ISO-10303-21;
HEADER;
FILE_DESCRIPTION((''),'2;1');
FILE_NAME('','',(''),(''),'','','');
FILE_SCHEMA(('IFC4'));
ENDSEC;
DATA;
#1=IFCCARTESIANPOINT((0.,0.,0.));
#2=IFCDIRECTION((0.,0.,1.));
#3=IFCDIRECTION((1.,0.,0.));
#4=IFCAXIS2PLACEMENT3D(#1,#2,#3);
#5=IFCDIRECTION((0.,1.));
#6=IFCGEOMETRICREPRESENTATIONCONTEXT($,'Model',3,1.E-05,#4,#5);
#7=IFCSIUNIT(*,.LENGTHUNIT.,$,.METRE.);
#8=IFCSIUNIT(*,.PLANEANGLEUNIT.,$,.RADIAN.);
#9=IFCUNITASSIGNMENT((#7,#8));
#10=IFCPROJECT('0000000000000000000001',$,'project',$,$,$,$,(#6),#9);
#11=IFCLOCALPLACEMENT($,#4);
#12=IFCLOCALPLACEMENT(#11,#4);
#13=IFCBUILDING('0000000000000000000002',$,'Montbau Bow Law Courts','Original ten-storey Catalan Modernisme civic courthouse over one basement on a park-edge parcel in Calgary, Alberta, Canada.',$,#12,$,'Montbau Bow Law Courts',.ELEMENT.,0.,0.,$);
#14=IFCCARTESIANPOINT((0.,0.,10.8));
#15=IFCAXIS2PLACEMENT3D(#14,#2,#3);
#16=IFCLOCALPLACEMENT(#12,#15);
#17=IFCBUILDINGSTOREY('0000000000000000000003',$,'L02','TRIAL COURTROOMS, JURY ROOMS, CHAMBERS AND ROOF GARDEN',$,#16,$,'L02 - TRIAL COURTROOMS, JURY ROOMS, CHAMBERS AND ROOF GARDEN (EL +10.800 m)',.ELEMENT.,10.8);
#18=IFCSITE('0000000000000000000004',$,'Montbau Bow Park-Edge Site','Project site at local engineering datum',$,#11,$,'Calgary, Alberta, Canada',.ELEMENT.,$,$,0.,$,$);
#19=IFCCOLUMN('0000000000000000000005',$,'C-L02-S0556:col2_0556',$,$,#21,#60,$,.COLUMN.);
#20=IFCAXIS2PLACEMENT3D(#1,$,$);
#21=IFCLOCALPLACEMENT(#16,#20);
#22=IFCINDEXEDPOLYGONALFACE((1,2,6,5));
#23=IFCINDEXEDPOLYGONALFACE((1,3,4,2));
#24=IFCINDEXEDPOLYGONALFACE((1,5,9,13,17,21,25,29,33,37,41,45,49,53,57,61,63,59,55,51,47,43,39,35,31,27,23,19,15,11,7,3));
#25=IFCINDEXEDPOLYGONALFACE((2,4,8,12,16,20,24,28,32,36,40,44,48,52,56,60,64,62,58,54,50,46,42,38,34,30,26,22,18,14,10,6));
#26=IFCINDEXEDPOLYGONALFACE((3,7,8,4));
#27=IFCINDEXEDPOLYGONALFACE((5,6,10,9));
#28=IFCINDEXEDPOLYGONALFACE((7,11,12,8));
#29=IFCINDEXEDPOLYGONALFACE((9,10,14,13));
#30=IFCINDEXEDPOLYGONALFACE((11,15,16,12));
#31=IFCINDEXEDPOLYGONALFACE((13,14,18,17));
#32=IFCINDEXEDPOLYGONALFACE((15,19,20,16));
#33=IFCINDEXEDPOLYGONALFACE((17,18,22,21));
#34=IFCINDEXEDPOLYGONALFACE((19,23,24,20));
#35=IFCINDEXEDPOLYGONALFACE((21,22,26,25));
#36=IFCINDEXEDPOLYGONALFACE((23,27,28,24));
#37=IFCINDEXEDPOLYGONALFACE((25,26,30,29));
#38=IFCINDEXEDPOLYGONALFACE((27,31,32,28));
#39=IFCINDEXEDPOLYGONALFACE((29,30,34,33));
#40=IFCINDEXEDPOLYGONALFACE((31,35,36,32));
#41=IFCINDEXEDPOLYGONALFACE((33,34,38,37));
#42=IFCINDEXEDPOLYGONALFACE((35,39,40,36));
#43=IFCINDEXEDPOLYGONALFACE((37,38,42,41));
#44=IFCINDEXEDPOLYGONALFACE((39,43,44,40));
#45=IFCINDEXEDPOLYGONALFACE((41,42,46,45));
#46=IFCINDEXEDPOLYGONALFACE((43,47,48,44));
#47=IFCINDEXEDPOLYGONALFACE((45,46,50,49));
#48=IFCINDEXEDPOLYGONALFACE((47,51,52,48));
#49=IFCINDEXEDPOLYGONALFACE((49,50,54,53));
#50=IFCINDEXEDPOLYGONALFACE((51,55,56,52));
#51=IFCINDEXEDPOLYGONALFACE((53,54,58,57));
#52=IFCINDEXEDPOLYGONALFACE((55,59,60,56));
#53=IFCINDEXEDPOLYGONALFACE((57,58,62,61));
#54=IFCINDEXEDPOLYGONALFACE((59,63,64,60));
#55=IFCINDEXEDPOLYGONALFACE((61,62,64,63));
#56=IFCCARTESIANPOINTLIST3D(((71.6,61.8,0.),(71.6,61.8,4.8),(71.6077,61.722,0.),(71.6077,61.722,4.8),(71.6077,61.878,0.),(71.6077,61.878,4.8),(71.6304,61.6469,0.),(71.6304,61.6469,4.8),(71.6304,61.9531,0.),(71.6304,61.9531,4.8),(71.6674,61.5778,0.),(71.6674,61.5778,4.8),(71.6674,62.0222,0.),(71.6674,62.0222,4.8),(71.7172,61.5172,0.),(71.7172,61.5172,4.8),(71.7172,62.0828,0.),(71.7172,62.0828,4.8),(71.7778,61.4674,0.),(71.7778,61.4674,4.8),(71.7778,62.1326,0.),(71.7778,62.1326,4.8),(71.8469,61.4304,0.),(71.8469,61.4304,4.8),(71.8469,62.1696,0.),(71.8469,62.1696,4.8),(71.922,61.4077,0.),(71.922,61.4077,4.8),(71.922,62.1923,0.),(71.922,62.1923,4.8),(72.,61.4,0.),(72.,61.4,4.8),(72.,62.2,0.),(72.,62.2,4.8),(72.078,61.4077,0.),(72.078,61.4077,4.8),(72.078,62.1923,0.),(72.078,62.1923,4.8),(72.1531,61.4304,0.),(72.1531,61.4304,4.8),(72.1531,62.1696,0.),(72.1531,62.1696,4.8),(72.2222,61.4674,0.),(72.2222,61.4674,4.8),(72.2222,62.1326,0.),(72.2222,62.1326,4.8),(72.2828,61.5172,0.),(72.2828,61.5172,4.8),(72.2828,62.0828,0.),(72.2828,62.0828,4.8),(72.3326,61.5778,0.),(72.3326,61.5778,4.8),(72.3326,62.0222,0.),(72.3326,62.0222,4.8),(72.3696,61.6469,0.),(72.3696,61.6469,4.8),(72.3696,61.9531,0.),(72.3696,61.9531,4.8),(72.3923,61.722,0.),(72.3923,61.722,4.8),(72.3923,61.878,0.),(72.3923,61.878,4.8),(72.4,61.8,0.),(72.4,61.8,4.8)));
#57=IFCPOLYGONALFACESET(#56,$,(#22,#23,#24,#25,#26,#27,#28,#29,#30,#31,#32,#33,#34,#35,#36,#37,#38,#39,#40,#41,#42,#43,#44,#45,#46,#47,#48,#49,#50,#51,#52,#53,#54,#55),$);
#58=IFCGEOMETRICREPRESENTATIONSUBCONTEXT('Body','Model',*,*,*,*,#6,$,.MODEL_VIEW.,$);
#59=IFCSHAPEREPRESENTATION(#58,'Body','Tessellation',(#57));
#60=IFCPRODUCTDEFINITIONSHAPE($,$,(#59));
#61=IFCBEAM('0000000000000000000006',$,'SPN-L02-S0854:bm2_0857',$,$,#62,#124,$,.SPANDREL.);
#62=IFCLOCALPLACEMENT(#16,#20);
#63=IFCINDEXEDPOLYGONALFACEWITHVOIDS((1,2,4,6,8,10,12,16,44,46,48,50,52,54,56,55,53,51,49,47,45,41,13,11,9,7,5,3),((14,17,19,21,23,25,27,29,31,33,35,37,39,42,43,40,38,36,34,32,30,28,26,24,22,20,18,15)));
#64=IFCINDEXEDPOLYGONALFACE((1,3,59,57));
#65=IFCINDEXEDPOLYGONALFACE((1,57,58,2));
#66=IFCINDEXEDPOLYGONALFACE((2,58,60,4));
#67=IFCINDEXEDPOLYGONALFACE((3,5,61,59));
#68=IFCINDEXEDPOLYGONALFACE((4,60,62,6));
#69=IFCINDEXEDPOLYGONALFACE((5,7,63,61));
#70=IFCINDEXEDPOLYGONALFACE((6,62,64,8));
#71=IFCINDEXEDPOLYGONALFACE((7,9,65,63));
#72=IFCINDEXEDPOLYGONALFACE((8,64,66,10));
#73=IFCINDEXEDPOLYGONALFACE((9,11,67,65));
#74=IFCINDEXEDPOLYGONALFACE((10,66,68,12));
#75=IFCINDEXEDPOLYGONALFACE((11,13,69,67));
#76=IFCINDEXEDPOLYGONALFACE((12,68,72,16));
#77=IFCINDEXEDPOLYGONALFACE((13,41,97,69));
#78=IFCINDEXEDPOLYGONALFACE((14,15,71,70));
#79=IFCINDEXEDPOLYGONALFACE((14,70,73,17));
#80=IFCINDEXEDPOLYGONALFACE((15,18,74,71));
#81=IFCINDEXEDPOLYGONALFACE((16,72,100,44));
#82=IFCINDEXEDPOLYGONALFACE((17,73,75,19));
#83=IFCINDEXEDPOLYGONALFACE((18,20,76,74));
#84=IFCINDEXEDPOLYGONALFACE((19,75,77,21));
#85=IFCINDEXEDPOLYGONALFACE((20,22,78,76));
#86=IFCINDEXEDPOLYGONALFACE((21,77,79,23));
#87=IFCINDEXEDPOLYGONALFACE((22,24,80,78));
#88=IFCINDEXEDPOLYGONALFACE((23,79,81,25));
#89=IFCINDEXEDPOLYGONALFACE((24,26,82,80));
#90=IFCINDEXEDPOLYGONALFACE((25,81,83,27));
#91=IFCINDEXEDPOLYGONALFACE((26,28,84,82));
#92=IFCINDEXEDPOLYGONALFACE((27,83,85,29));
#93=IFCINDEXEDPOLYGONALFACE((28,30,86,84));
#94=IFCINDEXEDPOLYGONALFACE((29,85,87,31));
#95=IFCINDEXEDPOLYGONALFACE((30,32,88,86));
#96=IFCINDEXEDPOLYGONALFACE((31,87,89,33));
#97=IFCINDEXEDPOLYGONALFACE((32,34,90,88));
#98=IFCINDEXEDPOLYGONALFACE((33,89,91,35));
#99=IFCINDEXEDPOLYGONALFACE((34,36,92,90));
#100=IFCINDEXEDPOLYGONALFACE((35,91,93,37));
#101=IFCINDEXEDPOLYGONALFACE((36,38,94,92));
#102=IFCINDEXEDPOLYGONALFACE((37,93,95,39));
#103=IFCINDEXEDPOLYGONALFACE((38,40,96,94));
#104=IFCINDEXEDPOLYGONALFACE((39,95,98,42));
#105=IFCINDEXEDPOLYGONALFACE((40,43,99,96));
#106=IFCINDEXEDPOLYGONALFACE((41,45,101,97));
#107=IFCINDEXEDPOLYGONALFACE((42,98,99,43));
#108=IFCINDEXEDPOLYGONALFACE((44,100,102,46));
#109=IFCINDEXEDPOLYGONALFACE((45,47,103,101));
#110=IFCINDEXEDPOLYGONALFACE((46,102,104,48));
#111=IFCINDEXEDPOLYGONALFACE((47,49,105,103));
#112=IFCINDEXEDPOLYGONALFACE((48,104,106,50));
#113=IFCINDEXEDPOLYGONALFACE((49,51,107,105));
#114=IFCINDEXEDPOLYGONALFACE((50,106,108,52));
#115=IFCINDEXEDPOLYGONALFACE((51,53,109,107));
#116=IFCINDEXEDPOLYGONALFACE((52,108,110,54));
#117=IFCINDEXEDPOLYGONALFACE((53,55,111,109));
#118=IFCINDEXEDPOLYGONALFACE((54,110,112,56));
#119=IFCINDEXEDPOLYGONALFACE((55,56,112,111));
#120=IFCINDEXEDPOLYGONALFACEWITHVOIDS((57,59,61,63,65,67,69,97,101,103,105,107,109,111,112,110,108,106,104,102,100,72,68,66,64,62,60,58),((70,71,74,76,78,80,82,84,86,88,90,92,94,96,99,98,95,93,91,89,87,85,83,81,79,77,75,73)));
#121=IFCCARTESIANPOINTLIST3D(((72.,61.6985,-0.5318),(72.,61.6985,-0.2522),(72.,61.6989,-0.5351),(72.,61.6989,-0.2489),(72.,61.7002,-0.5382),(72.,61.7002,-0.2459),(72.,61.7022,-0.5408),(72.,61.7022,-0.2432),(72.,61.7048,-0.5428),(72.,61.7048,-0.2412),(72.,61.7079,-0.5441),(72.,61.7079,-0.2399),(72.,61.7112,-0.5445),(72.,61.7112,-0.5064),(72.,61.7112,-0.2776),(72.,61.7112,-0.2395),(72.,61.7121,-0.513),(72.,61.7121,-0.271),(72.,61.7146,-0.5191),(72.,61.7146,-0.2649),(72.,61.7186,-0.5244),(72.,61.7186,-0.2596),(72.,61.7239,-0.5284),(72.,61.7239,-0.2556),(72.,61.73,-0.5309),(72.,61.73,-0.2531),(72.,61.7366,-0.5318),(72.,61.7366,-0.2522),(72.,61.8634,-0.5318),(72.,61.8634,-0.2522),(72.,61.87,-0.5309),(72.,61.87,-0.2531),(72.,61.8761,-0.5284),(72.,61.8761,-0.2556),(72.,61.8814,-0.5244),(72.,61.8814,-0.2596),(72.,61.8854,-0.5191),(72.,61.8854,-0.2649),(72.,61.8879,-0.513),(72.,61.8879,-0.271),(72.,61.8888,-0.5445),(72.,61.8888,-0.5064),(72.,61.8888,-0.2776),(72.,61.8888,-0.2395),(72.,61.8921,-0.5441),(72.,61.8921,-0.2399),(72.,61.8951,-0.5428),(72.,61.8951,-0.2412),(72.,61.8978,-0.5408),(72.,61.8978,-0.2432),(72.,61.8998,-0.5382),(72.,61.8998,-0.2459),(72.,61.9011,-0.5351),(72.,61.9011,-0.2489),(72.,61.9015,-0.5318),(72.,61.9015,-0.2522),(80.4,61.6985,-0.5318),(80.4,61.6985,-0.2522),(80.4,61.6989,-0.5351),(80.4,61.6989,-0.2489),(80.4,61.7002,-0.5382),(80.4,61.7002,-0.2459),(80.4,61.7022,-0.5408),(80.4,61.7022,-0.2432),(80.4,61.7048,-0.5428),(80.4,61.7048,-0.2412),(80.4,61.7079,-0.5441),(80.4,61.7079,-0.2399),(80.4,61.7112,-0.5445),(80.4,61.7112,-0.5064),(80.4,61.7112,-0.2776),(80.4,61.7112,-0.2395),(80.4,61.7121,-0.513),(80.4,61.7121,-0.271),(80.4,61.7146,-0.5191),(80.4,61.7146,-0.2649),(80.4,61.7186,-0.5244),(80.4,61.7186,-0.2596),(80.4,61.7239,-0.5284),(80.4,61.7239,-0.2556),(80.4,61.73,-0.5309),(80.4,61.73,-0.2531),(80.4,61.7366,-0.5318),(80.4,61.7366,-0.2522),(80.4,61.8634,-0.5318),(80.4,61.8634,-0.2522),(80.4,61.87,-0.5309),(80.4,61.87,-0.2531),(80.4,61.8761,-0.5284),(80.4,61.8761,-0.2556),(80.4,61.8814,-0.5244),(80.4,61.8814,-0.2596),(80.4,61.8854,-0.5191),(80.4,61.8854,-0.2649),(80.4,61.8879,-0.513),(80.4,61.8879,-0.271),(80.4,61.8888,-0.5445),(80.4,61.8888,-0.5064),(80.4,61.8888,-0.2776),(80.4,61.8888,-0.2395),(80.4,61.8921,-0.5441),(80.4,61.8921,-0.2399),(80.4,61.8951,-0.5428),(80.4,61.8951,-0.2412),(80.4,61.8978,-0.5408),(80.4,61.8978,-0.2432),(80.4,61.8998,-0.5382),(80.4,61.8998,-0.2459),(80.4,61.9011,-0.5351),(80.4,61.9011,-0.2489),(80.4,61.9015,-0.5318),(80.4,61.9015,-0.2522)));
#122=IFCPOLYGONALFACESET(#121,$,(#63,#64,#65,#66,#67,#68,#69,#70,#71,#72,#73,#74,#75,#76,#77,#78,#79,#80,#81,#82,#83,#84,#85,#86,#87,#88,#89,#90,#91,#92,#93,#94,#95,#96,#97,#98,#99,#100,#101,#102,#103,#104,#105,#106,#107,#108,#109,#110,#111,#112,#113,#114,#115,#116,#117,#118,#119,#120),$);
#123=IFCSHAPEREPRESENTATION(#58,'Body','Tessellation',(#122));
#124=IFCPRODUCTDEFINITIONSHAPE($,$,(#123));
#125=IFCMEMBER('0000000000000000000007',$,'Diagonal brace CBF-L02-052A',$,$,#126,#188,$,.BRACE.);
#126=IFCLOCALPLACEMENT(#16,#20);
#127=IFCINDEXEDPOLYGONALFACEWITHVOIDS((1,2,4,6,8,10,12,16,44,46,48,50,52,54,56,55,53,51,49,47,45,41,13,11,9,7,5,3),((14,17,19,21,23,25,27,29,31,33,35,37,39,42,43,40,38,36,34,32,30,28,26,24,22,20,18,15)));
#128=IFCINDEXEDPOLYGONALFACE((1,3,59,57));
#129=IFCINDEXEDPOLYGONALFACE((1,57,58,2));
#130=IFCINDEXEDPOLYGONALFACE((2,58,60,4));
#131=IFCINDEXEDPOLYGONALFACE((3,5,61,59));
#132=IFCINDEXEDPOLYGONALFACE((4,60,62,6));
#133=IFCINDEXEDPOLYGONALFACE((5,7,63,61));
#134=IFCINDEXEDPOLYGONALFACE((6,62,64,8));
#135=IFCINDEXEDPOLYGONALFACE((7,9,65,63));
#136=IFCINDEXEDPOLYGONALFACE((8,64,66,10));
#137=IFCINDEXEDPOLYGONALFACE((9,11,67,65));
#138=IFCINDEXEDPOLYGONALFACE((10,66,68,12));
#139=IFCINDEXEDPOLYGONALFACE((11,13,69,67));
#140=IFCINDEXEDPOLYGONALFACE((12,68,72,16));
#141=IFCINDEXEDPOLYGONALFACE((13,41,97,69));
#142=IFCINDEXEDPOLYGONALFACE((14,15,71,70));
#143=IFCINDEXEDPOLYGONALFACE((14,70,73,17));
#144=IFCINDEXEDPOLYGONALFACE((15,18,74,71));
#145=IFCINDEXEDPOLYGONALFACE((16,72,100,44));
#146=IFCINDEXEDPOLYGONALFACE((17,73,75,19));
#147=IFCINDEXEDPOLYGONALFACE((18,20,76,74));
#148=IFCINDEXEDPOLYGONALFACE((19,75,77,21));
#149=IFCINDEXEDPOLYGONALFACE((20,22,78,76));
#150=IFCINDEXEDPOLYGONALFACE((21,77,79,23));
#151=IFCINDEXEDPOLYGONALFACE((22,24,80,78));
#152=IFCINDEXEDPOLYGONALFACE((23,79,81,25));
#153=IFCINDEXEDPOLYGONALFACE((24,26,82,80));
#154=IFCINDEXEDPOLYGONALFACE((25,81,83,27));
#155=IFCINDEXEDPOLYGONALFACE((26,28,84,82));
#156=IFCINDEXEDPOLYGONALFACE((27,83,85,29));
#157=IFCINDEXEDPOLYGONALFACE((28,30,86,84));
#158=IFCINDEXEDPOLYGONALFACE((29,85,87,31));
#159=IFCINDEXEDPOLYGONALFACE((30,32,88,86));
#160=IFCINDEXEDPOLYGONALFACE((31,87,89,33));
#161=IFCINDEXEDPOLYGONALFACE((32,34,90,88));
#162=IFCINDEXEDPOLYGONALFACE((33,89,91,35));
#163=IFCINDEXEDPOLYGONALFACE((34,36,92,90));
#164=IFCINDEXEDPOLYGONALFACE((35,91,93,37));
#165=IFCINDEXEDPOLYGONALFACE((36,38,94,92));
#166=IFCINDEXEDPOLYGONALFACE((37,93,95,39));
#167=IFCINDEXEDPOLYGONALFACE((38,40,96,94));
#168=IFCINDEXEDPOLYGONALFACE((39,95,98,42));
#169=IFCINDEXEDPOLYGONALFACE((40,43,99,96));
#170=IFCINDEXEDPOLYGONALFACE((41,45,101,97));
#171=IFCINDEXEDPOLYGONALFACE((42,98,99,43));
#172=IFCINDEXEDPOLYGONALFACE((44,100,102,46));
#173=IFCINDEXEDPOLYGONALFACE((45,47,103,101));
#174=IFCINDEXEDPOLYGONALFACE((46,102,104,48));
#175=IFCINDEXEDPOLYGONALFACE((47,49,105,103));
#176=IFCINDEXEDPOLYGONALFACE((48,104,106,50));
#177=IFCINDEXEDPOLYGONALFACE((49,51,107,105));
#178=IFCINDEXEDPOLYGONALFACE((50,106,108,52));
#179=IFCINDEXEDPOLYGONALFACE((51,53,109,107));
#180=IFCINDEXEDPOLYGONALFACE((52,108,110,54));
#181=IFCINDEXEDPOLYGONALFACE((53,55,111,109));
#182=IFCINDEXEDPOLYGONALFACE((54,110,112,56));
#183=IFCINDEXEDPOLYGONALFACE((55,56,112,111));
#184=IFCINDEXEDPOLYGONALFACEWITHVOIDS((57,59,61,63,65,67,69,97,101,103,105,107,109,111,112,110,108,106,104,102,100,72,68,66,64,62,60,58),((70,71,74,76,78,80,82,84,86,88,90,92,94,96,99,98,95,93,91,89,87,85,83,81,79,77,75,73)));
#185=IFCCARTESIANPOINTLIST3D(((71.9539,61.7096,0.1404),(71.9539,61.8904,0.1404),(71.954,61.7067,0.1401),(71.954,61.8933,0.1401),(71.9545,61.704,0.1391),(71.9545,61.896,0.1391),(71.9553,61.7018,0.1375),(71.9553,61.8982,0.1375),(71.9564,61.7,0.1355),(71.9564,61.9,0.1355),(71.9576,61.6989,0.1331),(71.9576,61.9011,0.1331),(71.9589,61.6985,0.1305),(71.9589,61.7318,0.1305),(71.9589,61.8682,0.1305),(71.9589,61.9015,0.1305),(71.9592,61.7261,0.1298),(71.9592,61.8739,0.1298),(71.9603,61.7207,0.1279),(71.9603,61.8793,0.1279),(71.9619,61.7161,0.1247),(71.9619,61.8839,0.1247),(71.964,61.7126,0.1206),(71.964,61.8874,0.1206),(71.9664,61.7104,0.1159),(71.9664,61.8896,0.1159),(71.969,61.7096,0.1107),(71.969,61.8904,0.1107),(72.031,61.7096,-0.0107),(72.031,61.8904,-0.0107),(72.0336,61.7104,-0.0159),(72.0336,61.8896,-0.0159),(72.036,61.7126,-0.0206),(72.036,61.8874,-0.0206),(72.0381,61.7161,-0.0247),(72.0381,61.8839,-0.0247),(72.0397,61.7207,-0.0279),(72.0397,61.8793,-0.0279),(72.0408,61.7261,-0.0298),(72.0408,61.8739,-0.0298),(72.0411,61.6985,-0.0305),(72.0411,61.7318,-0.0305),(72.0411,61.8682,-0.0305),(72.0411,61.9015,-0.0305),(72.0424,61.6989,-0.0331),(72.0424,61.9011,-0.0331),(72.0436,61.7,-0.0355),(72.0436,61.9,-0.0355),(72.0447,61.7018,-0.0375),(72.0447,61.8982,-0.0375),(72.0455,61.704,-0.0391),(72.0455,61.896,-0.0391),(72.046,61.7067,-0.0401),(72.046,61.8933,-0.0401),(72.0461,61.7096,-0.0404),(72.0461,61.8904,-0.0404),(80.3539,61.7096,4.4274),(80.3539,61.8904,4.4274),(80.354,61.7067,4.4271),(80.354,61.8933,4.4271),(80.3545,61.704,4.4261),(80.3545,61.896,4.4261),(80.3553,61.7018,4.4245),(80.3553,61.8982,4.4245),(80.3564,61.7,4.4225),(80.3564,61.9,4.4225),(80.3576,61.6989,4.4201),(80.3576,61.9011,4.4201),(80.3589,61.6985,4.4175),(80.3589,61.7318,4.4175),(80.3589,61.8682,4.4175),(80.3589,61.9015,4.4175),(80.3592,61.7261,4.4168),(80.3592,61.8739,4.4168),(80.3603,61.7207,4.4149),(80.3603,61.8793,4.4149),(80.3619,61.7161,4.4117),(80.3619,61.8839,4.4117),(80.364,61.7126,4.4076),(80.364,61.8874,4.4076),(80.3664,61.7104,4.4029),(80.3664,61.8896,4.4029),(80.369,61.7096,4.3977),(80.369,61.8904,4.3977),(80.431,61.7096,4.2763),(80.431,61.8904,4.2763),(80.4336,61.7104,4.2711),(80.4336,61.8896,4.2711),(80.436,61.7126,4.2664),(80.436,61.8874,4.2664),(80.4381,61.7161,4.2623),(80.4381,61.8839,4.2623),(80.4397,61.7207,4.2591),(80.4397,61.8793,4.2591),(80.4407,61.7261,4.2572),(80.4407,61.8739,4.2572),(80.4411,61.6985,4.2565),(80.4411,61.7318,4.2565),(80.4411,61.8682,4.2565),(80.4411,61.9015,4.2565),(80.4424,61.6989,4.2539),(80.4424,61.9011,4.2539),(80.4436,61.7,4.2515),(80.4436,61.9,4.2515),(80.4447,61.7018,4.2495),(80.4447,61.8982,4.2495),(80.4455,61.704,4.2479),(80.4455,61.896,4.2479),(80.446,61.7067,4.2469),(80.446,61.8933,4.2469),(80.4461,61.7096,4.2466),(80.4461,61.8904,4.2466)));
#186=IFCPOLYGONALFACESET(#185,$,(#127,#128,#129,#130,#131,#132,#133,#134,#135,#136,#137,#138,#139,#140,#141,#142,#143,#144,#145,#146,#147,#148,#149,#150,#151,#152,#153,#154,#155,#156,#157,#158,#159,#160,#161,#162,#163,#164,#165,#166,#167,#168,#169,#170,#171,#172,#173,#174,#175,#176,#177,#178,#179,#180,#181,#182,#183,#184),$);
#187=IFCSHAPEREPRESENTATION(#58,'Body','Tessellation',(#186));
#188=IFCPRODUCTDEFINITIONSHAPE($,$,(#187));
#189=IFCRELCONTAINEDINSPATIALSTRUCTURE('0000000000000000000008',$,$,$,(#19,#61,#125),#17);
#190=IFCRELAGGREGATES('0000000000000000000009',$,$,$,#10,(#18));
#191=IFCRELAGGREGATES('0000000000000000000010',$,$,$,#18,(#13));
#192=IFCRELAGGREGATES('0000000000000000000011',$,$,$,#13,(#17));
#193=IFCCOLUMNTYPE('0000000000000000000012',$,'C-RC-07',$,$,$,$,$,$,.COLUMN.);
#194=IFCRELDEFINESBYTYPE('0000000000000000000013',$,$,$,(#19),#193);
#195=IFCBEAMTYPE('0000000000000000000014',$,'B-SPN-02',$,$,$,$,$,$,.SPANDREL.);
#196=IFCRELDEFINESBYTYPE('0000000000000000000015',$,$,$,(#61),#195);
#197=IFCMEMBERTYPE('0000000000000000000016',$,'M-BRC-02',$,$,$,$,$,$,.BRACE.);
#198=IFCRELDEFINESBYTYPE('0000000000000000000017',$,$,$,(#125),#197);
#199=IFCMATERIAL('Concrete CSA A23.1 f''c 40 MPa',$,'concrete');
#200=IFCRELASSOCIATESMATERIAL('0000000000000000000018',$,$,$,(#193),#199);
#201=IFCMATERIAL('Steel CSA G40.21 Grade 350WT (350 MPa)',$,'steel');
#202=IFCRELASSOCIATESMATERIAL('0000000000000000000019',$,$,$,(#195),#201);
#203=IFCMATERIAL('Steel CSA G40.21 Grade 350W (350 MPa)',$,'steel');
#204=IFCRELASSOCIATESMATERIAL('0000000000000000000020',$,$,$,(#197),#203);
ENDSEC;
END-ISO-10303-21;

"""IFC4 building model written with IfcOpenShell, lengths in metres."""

from ifc_helpers import new_model, si_unit, direction, frame, origin_with_axes, origin_2d_with_axis, place, context, subcontext, project, spatial, hollow_rectangle, circle, extrude, material, material_profile, profile_set, type_object, element, save


model = new_model("IFC4")

# Units and contexts
model_context = context("Model", 3, precision=1e-05, world=origin_with_axes(), true_north=direction((0.0, 1.0)))
body_context = subcontext(model_context, "Body", "Model", "MODEL_VIEW")
ifc_project = project(units=[si_unit("LENGTHUNIT", "METRE"), si_unit("PLANEANGLEUNIT", "RADIAN")], contexts=[model_context])

# Site, building, storey
site_placement = place(None, origin_with_axes())
site = spatial("IfcSite", under=ifc_project, at=site_placement, Name="Montbau Bow Park-Edge Site", Description="Project site at local engineering datum", LongName="Calgary, Alberta, Canada", CompositionType="ELEMENT", RefElevation=0.0)
building_placement = place(site_placement, origin_with_axes())
building = spatial("IfcBuilding", under=site, at=building_placement, Name="Montbau Bow Law Courts", Description="Original ten-storey Catalan Modernisme civic courthouse over one basement on a park-edge parcel in Calgary, Alberta, Canada.", LongName="Montbau Bow Law Courts", CompositionType="ELEMENT", ElevationOfRefHeight=0.0, ElevationOfTerrain=0.0)
storey_placement = place(building_placement, frame((0.0, 0.0, 10.8), z_axis=(0.0, 0.0, 1.0), x_axis=(1.0, 0.0, 0.0)))
storey = spatial("IfcBuildingStorey", under=building, at=storey_placement, Name="L02", Description="TRIAL COURTROOMS, JURY ROOMS, CHAMBERS AND ROOF GARDEN", LongName="L02 - TRIAL COURTROOMS, JURY ROOMS, CHAMBERS AND ROOF GARDEN (EL +10.800 m)", CompositionType="ELEMENT", Elevation=10.8)

# Column
ifc_material_1 = material(Name="Concrete CSA A23.1 f'c 40 MPa", Category="concrete")
ifc_material_profile_1 = material_profile(ifc_material_1, circle(Radius=0.4, at=origin_2d_with_axis()), Name="RC800D", Category="Main", Priority=0)
ifc_profile_set_1 = profile_set([ifc_material_profile_1], Name="Concrete CSA A23.1 f'c 40 MPa")
column_type = type_object("IfcColumnType", Name="C-RC-07", PredefinedType="COLUMN", material=ifc_profile_set_1)
column_placement = place(None, frame((72.0, 61.8, 10.8), z_axis=(0.0, 0.0, 1.0), x_axis=(1.0, 0.0, 0.0)))
element("IfcColumn", 1, at=column_placement, inside=storey, type_object=column_type, Name="C-L02-S0556:col2_0556", PredefinedType="COLUMN", context=body_context, shape_type="SweptSolid", body=[
    extrude(circle(Radius=0.4, at=origin_2d_with_axis()), origin_with_axes(), (0.0, 0.0, 1.0), 4.8),
])

# Beam
ifc_material_2 = material(Name="Steel CSA G40.21 Grade 350WT (350 MPa)", Category="steel")
ifc_material_profile_2 = material_profile(ifc_material_2, hollow_rectangle(XDim=0.203, YDim=0.305, WallThickness=0.0127, InnerFilletRadius=0.0254, OuterFilletRadius=0.0127, at=origin_2d_with_axis()), Name="HSS305X203X13", Category="Main", Priority=0)
ifc_profile_set_2 = profile_set([ifc_material_profile_2], Name="Steel CSA G40.21 Grade 350WT (350 MPa)")
beam_type = type_object("IfcBeamType", Name="B-SPN-02", PredefinedType="SPANDREL", material=ifc_profile_set_2)
beam_placement = place(None, frame((72.0, 61.8, 10.408), z_axis=(1.0, 0.0, 0.0), x_axis=(0.0, 1.0, 0.0)))
element("IfcBeam", 2, at=beam_placement, inside=storey, type_object=beam_type, Name="SPN-L02-S0854:bm2_0857", PredefinedType="SPANDREL", context=body_context, shape_type="SweptSolid", body=[
    extrude(hollow_rectangle(XDim=0.203, YDim=0.305, WallThickness=0.0127, InnerFilletRadius=0.0254, OuterFilletRadius=0.0127, at=origin_2d_with_axis()), origin_with_axes(), (0.0, 0.0, 1.0), 8.4),
])

# Member
ifc_material_3 = material(Name="Steel CSA G40.21 Grade 350W (350 MPa)", Category="steel")
ifc_material_profile_3 = material_profile(ifc_material_3, hollow_rectangle(XDim=0.203, YDim=0.203, WallThickness=0.0111, InnerFilletRadius=0.0222, OuterFilletRadius=0.0111, at=origin_2d_with_axis()), Name="HSS203X203X11", Category="Main", Priority=0)
ifc_profile_set_3 = profile_set([ifc_material_profile_3], Name="Steel CSA G40.21 Grade 350W (350 MPa)")
member_type_1 = type_object("IfcMemberType", Name="M-BRC-02", PredefinedType="BRACE", material=ifc_profile_set_3)
member_1_placement = place(None, frame((72.0, 61.8, 10.85), z_axis=(0.890707, 0.0, 0.454579), x_axis=(0.0, 1.0, 0.0)))
element("IfcMember", 3, at=member_1_placement, inside=storey, type_object=member_type_1, Name="Diagonal brace CBF-L02-052A", PredefinedType="BRACE", context=body_context, shape_type="SweptSolid", body=[
    extrude(hollow_rectangle(XDim=0.203, YDim=0.203, WallThickness=0.0111, InnerFilletRadius=0.0222, OuterFilletRadius=0.0111, at=origin_2d_with_axis()), origin_with_axes(), (0.0, 0.0, 1.0), 9.4307),
])

save(model, "model.ifc")
